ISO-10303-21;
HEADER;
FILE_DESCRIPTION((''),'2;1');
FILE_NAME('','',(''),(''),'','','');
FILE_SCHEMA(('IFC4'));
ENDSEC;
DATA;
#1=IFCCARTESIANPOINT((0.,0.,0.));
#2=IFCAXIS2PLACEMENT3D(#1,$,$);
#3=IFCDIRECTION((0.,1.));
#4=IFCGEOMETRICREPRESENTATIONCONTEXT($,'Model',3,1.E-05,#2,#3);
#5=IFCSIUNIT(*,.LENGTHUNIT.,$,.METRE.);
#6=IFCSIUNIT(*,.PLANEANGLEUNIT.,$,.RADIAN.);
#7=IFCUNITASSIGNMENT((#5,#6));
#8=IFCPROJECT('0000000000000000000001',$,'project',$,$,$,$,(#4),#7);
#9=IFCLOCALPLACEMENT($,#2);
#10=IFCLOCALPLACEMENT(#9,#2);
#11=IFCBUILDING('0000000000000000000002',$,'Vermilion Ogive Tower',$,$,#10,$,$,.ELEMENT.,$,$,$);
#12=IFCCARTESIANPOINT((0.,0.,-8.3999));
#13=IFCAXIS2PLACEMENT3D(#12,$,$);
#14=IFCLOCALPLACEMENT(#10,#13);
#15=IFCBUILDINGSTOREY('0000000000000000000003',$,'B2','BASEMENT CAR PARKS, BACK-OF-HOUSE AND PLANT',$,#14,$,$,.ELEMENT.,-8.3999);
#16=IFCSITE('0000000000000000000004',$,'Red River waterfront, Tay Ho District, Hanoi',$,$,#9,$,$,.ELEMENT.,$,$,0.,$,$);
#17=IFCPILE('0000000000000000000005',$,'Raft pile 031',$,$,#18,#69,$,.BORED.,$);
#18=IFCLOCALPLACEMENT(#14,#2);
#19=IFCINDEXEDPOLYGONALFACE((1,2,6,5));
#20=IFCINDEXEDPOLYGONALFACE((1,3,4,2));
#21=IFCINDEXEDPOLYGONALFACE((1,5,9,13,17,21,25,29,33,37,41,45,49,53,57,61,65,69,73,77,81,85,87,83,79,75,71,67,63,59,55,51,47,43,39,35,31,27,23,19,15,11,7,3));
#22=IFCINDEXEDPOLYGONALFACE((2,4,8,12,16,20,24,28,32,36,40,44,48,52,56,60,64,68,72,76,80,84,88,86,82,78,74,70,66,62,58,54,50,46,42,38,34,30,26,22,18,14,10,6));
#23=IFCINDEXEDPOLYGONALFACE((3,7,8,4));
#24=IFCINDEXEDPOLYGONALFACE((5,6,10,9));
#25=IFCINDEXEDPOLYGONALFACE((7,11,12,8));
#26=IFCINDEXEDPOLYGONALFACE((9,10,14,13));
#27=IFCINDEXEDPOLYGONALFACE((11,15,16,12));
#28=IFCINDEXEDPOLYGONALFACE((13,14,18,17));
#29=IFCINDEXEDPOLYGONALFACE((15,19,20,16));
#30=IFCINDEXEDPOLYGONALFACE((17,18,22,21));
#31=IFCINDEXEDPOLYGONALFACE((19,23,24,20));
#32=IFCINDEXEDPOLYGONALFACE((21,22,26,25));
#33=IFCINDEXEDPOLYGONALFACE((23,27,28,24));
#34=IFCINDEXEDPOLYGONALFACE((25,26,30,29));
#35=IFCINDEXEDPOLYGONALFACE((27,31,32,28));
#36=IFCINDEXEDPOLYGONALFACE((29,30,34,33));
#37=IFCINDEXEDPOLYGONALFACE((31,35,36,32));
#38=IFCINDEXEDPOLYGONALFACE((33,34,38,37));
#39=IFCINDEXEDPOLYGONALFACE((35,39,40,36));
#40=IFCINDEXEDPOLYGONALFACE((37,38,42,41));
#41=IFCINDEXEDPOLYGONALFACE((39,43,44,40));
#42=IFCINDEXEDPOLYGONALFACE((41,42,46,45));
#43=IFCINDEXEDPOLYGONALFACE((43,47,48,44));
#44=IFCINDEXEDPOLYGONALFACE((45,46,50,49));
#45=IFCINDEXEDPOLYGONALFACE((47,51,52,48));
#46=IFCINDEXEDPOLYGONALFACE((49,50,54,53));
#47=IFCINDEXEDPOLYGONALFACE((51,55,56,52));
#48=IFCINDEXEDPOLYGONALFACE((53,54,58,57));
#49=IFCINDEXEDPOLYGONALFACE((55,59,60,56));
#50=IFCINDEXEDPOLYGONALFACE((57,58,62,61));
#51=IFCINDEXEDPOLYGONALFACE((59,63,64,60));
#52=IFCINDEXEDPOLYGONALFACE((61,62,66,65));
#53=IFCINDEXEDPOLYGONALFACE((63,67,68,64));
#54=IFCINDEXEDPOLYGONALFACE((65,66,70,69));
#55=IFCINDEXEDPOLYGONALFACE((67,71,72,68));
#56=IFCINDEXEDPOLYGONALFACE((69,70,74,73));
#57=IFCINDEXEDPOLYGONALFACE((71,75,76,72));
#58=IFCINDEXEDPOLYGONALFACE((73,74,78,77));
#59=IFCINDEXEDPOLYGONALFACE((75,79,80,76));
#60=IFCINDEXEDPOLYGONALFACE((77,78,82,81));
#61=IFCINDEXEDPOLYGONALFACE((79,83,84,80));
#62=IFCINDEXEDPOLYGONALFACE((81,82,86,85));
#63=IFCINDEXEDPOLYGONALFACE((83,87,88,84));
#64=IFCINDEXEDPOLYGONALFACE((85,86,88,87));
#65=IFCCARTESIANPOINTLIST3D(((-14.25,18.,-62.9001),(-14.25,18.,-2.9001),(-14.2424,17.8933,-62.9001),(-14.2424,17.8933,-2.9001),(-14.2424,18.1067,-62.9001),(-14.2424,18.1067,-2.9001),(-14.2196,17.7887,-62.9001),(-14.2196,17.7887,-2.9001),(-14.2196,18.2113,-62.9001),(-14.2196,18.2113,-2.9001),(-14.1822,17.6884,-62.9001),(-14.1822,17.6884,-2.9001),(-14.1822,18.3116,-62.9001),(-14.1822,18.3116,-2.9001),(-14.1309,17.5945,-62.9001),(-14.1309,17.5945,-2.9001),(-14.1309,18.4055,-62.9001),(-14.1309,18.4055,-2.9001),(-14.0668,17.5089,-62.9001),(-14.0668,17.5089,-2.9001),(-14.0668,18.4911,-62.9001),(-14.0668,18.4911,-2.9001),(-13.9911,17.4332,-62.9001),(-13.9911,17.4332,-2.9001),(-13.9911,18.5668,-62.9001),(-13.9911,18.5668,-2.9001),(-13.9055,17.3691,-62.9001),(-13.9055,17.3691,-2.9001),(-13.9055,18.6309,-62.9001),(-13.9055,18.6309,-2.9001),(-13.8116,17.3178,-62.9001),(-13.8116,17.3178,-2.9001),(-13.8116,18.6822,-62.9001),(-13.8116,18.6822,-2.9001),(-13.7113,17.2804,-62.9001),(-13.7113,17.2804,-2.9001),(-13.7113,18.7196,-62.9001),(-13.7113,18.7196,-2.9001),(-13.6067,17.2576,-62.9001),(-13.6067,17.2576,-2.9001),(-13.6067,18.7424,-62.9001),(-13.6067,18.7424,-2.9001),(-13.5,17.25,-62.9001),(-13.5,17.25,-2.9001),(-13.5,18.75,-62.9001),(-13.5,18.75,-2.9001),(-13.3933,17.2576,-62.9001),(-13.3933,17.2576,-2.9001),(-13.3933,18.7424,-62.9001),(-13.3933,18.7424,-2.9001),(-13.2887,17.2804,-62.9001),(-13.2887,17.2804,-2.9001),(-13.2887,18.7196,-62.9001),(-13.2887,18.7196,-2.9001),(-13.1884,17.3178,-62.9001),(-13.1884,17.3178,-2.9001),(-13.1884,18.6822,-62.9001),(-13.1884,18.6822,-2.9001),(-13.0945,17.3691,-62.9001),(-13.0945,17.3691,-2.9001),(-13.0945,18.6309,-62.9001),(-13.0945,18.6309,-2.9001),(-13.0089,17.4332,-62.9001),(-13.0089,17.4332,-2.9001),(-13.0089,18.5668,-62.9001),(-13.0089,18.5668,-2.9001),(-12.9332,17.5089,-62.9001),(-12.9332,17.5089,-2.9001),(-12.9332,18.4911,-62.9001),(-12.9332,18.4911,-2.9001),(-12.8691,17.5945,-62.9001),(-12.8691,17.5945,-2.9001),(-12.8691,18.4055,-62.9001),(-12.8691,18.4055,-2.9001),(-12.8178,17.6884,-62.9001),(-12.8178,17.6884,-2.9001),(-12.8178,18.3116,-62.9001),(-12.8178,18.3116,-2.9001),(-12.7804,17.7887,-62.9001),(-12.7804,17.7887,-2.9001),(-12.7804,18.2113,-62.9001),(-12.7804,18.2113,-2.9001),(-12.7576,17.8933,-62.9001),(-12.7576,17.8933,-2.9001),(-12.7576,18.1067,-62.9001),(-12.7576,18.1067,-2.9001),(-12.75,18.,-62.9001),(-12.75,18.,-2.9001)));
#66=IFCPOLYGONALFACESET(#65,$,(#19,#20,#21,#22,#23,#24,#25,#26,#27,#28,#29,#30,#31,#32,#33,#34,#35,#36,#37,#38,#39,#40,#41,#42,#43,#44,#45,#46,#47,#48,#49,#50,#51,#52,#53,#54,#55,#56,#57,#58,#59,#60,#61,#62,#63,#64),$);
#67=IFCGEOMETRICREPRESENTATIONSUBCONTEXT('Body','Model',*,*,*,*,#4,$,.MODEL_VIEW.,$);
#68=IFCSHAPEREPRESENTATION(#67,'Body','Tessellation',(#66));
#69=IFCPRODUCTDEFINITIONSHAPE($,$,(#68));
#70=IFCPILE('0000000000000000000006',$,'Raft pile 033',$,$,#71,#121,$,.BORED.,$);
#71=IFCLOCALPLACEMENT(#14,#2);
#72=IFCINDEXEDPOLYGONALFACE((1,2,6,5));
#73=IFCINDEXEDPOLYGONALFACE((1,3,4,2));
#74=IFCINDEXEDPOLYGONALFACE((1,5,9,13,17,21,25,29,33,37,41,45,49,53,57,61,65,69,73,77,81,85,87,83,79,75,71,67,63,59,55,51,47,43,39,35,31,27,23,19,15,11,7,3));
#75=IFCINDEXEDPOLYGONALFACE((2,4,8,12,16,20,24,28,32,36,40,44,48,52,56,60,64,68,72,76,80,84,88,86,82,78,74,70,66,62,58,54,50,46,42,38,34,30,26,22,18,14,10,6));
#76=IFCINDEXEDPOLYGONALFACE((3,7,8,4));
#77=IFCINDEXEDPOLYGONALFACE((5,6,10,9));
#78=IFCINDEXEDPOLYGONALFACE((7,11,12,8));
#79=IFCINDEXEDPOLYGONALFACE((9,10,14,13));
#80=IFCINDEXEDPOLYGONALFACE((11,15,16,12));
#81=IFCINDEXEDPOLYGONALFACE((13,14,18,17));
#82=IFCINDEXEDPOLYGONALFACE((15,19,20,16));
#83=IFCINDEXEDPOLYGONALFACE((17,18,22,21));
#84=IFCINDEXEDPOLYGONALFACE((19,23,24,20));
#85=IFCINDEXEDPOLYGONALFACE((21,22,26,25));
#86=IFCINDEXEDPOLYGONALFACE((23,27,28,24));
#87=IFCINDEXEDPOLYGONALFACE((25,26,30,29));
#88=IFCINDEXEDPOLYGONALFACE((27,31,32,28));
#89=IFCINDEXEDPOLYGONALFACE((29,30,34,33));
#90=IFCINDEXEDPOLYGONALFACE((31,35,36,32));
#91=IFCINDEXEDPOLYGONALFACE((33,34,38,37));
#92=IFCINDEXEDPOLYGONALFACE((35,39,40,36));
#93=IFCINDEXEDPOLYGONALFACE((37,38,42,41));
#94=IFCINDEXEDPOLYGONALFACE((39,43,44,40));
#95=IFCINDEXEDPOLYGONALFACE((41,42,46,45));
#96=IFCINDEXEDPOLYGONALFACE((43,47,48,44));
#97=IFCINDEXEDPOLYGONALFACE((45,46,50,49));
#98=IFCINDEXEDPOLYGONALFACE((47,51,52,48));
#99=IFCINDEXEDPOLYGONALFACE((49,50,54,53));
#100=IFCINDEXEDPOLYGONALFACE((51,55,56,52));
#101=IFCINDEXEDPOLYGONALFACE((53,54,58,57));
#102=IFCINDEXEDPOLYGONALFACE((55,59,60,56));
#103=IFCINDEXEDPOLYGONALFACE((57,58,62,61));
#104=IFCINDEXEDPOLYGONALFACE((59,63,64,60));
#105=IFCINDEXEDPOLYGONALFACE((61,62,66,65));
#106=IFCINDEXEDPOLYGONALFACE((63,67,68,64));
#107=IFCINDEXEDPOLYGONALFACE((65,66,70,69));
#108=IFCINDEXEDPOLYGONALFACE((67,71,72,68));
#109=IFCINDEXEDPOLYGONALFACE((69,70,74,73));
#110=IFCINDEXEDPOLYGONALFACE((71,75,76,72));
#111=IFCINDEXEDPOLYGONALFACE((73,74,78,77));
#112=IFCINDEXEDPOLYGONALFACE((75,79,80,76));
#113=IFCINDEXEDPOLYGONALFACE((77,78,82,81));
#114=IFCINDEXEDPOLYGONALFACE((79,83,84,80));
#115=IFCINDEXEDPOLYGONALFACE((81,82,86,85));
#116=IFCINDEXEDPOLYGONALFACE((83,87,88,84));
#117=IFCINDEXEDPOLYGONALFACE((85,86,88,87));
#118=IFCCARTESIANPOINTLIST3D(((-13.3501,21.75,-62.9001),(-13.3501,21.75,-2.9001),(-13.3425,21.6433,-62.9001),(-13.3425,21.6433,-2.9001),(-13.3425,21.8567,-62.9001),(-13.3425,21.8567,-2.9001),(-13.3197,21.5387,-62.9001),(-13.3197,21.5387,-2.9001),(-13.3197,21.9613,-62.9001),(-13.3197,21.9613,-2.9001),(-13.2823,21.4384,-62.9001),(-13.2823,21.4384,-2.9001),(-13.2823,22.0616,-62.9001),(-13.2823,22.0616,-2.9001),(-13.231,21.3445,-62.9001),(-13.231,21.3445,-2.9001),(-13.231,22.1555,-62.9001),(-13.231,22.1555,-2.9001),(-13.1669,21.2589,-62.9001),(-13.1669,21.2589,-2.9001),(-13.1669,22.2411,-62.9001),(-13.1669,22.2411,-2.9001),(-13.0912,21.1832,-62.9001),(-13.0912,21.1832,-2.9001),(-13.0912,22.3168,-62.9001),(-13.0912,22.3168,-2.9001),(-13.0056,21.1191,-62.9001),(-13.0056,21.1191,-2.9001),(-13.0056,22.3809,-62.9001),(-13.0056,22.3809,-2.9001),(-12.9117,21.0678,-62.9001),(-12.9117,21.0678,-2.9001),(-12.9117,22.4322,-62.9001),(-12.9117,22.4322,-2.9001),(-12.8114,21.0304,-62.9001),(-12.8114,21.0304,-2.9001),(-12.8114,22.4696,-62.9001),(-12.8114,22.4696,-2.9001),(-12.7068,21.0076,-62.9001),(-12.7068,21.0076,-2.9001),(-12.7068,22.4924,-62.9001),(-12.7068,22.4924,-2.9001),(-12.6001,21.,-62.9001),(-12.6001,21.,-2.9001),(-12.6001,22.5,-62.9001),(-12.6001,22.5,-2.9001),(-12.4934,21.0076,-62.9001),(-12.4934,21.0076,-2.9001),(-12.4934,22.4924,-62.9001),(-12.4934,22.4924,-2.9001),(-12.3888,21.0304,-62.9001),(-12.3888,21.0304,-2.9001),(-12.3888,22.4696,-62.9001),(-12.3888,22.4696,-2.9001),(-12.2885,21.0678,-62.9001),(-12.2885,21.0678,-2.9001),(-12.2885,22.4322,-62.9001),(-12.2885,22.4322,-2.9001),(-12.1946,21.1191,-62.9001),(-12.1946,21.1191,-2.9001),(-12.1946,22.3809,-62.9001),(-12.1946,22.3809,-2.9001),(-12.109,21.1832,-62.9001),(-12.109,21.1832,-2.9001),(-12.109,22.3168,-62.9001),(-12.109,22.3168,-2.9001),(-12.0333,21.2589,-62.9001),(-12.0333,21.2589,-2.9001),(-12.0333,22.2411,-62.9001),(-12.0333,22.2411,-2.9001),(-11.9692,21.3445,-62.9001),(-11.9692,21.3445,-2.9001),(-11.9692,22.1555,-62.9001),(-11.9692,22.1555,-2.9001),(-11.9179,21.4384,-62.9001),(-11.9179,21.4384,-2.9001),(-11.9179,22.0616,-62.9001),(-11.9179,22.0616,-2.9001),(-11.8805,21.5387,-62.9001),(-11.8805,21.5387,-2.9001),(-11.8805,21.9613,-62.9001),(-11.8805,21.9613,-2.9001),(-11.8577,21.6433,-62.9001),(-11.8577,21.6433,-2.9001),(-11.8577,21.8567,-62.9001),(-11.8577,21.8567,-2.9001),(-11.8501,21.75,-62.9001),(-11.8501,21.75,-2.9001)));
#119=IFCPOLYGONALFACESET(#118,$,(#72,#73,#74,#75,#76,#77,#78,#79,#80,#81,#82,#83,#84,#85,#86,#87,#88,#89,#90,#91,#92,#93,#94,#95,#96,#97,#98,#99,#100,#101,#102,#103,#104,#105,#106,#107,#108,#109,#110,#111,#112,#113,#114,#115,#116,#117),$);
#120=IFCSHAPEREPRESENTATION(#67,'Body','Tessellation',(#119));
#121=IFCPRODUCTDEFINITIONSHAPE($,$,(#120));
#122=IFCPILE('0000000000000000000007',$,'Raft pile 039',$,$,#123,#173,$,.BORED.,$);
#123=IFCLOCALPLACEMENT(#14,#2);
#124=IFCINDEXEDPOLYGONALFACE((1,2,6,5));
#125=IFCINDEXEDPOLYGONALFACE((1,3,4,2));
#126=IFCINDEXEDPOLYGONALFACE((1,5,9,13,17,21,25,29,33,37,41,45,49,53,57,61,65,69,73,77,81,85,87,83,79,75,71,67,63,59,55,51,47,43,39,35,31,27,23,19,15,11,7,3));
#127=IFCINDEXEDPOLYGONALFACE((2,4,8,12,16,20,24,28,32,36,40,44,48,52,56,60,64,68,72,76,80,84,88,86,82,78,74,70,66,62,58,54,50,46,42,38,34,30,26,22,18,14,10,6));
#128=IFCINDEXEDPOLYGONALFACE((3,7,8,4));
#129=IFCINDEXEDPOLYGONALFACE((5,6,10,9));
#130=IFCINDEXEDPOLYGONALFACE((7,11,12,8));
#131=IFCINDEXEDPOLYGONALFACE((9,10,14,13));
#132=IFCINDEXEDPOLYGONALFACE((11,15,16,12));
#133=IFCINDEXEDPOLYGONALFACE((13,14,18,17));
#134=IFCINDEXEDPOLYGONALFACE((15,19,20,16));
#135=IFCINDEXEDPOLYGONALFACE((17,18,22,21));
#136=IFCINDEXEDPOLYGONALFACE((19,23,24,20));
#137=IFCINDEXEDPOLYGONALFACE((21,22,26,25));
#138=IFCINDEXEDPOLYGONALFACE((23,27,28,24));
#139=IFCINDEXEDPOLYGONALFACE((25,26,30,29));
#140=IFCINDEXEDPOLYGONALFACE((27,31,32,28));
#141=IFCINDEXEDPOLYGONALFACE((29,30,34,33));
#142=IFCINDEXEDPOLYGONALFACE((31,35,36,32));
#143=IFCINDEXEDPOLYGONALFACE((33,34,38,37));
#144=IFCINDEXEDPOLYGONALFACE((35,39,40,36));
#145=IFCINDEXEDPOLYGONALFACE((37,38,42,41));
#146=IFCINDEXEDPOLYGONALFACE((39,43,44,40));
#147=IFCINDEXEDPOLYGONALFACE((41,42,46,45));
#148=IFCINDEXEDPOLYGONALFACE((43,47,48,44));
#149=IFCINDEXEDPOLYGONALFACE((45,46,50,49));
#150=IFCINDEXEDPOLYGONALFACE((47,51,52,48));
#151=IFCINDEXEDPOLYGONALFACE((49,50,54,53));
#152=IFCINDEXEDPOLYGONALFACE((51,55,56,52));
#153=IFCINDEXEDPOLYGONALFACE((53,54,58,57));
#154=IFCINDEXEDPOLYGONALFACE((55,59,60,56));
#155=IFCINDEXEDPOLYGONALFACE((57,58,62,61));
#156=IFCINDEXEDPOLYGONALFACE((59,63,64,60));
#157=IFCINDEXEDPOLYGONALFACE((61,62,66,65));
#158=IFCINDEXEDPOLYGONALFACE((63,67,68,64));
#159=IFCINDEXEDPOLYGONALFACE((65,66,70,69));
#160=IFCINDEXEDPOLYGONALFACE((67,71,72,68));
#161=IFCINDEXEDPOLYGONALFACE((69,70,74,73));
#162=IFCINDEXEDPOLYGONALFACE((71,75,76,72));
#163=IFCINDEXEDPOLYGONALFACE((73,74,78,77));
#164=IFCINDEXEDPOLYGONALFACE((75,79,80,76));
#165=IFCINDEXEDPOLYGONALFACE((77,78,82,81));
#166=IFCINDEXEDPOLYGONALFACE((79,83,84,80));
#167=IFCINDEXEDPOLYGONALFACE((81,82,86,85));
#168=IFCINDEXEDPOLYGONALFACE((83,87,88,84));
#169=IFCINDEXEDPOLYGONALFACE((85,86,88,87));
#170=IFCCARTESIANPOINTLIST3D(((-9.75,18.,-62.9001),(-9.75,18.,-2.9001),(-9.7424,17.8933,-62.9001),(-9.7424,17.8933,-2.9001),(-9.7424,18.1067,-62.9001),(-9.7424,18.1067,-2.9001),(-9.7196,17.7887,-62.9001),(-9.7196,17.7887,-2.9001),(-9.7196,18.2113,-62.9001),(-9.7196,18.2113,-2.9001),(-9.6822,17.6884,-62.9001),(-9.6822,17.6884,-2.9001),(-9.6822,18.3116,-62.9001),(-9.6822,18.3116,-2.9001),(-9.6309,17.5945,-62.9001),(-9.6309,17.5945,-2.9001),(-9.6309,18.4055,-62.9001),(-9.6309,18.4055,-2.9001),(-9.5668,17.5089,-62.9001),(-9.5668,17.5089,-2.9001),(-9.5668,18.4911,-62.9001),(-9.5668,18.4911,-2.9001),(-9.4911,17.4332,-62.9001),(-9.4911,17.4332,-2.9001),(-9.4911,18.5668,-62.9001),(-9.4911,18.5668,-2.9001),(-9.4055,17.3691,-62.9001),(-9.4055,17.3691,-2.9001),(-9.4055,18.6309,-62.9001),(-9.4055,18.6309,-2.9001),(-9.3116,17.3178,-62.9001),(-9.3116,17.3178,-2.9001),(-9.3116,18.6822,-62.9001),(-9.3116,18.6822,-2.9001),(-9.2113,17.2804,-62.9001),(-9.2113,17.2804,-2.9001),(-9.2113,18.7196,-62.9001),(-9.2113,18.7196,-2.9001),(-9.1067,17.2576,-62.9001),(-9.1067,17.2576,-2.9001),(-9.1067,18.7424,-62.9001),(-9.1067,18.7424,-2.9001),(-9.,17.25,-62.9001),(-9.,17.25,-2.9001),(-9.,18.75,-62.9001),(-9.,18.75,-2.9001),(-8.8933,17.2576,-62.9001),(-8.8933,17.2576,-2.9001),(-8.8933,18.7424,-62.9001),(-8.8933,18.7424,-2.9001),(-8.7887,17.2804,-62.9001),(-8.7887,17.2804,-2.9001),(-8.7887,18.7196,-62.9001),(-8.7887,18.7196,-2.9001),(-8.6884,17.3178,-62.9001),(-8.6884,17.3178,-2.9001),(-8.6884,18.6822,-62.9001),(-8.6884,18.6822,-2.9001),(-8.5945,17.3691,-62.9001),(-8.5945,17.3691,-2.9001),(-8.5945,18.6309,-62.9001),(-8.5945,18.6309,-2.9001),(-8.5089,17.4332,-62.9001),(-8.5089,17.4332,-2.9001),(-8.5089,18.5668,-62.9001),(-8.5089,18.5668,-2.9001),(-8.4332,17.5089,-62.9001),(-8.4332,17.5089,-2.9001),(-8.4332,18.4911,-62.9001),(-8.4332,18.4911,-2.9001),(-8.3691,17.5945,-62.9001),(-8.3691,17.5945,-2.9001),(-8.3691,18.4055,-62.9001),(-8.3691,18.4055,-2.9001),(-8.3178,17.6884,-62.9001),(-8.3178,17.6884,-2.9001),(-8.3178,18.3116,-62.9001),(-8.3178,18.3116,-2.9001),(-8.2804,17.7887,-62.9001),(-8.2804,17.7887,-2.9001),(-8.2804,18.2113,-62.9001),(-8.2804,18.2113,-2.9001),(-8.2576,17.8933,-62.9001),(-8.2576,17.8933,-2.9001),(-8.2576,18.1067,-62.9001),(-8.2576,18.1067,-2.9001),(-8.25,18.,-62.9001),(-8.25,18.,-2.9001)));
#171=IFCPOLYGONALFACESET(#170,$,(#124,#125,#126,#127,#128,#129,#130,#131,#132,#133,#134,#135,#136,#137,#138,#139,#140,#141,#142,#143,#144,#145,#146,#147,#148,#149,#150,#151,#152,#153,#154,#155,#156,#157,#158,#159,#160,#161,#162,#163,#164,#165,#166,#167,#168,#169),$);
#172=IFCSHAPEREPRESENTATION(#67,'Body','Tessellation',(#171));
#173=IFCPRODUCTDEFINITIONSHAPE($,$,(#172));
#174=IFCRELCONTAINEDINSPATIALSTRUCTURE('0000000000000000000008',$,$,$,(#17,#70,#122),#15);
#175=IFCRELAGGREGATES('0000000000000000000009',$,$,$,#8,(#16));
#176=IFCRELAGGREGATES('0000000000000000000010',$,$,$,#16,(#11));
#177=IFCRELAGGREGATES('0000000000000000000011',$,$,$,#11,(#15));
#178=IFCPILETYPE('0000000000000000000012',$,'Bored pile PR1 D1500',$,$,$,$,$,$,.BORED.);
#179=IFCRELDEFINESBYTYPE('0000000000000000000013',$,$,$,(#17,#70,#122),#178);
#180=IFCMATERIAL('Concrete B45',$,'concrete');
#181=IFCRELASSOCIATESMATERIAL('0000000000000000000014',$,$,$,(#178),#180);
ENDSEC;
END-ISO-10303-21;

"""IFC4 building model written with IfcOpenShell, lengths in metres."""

from ifc_helpers import new_model, si_unit, direction, frame, origin, origin_2d, place, context, subcontext, project, spatial, circle, extrude, material, type_object, element, save


model = new_model("IFC4")

# Units and contexts
model_context = context("Model", 3, precision=1e-05, world=origin(), true_north=direction((0.0, 1.0)))
body_context = subcontext(model_context, "Body", "Model", "MODEL_VIEW")
ifc_project = project(units=[si_unit("LENGTHUNIT", "METRE"), si_unit("PLANEANGLEUNIT", "RADIAN")], contexts=[model_context])

# Site, building, storey
site_placement = place(None, origin())
site = spatial("IfcSite", under=ifc_project, at=site_placement, Name="Red River waterfront, Tay Ho District, Hanoi", CompositionType="ELEMENT", RefElevation=0.0)
building_placement = place(site_placement, origin())
building = spatial("IfcBuilding", under=site, at=building_placement, Name="Vermilion Ogive Tower", CompositionType="ELEMENT")
storey_placement = place(building_placement, frame((0.0, 0.0, -8.3999)))
storey = spatial("IfcBuildingStorey", under=building, at=storey_placement, Name="B2", Description="BASEMENT CAR PARKS, BACK-OF-HOUSE AND PLANT", CompositionType="ELEMENT", Elevation=-8.3999)

# Piles
ifc_material_1 = material(Name="Concrete B45", Category="concrete")
pile_type_1 = type_object("IfcPileType", Name="Bored pile PR1 D1500", PredefinedType="BORED", material=ifc_material_1)
for number, where, z_axis, x_axis, name in (
    (1, (-13.5, 18.0, -2.9001), (0.0, 0.0, -1.0), (1.0, 0.0, 0.0), "Raft pile 031"),
    (2, (-12.6001, 21.75, -2.9001), (0.0, 0.0, -1.0), (1.0, 0.0, 0.0), "Raft pile 033"),
    (3, (-9.0, 18.0, -2.9001), (0.0, 0.0, -1.0), (1.0, 0.0, 0.0), "Raft pile 039"),
):
    element("IfcPile", number, at=place(storey_placement, frame(where, z_axis=z_axis, x_axis=x_axis)), inside=storey, type_object=pile_type_1, Name=name, PredefinedType="BORED", context=body_context, shape_type="SweptSolid", body=[
        extrude(circle(Radius=0.75, at=origin_2d()), origin(), (0.0, 0.0, 1.0), 60.0),
    ])

save(model, "model.ifc")
